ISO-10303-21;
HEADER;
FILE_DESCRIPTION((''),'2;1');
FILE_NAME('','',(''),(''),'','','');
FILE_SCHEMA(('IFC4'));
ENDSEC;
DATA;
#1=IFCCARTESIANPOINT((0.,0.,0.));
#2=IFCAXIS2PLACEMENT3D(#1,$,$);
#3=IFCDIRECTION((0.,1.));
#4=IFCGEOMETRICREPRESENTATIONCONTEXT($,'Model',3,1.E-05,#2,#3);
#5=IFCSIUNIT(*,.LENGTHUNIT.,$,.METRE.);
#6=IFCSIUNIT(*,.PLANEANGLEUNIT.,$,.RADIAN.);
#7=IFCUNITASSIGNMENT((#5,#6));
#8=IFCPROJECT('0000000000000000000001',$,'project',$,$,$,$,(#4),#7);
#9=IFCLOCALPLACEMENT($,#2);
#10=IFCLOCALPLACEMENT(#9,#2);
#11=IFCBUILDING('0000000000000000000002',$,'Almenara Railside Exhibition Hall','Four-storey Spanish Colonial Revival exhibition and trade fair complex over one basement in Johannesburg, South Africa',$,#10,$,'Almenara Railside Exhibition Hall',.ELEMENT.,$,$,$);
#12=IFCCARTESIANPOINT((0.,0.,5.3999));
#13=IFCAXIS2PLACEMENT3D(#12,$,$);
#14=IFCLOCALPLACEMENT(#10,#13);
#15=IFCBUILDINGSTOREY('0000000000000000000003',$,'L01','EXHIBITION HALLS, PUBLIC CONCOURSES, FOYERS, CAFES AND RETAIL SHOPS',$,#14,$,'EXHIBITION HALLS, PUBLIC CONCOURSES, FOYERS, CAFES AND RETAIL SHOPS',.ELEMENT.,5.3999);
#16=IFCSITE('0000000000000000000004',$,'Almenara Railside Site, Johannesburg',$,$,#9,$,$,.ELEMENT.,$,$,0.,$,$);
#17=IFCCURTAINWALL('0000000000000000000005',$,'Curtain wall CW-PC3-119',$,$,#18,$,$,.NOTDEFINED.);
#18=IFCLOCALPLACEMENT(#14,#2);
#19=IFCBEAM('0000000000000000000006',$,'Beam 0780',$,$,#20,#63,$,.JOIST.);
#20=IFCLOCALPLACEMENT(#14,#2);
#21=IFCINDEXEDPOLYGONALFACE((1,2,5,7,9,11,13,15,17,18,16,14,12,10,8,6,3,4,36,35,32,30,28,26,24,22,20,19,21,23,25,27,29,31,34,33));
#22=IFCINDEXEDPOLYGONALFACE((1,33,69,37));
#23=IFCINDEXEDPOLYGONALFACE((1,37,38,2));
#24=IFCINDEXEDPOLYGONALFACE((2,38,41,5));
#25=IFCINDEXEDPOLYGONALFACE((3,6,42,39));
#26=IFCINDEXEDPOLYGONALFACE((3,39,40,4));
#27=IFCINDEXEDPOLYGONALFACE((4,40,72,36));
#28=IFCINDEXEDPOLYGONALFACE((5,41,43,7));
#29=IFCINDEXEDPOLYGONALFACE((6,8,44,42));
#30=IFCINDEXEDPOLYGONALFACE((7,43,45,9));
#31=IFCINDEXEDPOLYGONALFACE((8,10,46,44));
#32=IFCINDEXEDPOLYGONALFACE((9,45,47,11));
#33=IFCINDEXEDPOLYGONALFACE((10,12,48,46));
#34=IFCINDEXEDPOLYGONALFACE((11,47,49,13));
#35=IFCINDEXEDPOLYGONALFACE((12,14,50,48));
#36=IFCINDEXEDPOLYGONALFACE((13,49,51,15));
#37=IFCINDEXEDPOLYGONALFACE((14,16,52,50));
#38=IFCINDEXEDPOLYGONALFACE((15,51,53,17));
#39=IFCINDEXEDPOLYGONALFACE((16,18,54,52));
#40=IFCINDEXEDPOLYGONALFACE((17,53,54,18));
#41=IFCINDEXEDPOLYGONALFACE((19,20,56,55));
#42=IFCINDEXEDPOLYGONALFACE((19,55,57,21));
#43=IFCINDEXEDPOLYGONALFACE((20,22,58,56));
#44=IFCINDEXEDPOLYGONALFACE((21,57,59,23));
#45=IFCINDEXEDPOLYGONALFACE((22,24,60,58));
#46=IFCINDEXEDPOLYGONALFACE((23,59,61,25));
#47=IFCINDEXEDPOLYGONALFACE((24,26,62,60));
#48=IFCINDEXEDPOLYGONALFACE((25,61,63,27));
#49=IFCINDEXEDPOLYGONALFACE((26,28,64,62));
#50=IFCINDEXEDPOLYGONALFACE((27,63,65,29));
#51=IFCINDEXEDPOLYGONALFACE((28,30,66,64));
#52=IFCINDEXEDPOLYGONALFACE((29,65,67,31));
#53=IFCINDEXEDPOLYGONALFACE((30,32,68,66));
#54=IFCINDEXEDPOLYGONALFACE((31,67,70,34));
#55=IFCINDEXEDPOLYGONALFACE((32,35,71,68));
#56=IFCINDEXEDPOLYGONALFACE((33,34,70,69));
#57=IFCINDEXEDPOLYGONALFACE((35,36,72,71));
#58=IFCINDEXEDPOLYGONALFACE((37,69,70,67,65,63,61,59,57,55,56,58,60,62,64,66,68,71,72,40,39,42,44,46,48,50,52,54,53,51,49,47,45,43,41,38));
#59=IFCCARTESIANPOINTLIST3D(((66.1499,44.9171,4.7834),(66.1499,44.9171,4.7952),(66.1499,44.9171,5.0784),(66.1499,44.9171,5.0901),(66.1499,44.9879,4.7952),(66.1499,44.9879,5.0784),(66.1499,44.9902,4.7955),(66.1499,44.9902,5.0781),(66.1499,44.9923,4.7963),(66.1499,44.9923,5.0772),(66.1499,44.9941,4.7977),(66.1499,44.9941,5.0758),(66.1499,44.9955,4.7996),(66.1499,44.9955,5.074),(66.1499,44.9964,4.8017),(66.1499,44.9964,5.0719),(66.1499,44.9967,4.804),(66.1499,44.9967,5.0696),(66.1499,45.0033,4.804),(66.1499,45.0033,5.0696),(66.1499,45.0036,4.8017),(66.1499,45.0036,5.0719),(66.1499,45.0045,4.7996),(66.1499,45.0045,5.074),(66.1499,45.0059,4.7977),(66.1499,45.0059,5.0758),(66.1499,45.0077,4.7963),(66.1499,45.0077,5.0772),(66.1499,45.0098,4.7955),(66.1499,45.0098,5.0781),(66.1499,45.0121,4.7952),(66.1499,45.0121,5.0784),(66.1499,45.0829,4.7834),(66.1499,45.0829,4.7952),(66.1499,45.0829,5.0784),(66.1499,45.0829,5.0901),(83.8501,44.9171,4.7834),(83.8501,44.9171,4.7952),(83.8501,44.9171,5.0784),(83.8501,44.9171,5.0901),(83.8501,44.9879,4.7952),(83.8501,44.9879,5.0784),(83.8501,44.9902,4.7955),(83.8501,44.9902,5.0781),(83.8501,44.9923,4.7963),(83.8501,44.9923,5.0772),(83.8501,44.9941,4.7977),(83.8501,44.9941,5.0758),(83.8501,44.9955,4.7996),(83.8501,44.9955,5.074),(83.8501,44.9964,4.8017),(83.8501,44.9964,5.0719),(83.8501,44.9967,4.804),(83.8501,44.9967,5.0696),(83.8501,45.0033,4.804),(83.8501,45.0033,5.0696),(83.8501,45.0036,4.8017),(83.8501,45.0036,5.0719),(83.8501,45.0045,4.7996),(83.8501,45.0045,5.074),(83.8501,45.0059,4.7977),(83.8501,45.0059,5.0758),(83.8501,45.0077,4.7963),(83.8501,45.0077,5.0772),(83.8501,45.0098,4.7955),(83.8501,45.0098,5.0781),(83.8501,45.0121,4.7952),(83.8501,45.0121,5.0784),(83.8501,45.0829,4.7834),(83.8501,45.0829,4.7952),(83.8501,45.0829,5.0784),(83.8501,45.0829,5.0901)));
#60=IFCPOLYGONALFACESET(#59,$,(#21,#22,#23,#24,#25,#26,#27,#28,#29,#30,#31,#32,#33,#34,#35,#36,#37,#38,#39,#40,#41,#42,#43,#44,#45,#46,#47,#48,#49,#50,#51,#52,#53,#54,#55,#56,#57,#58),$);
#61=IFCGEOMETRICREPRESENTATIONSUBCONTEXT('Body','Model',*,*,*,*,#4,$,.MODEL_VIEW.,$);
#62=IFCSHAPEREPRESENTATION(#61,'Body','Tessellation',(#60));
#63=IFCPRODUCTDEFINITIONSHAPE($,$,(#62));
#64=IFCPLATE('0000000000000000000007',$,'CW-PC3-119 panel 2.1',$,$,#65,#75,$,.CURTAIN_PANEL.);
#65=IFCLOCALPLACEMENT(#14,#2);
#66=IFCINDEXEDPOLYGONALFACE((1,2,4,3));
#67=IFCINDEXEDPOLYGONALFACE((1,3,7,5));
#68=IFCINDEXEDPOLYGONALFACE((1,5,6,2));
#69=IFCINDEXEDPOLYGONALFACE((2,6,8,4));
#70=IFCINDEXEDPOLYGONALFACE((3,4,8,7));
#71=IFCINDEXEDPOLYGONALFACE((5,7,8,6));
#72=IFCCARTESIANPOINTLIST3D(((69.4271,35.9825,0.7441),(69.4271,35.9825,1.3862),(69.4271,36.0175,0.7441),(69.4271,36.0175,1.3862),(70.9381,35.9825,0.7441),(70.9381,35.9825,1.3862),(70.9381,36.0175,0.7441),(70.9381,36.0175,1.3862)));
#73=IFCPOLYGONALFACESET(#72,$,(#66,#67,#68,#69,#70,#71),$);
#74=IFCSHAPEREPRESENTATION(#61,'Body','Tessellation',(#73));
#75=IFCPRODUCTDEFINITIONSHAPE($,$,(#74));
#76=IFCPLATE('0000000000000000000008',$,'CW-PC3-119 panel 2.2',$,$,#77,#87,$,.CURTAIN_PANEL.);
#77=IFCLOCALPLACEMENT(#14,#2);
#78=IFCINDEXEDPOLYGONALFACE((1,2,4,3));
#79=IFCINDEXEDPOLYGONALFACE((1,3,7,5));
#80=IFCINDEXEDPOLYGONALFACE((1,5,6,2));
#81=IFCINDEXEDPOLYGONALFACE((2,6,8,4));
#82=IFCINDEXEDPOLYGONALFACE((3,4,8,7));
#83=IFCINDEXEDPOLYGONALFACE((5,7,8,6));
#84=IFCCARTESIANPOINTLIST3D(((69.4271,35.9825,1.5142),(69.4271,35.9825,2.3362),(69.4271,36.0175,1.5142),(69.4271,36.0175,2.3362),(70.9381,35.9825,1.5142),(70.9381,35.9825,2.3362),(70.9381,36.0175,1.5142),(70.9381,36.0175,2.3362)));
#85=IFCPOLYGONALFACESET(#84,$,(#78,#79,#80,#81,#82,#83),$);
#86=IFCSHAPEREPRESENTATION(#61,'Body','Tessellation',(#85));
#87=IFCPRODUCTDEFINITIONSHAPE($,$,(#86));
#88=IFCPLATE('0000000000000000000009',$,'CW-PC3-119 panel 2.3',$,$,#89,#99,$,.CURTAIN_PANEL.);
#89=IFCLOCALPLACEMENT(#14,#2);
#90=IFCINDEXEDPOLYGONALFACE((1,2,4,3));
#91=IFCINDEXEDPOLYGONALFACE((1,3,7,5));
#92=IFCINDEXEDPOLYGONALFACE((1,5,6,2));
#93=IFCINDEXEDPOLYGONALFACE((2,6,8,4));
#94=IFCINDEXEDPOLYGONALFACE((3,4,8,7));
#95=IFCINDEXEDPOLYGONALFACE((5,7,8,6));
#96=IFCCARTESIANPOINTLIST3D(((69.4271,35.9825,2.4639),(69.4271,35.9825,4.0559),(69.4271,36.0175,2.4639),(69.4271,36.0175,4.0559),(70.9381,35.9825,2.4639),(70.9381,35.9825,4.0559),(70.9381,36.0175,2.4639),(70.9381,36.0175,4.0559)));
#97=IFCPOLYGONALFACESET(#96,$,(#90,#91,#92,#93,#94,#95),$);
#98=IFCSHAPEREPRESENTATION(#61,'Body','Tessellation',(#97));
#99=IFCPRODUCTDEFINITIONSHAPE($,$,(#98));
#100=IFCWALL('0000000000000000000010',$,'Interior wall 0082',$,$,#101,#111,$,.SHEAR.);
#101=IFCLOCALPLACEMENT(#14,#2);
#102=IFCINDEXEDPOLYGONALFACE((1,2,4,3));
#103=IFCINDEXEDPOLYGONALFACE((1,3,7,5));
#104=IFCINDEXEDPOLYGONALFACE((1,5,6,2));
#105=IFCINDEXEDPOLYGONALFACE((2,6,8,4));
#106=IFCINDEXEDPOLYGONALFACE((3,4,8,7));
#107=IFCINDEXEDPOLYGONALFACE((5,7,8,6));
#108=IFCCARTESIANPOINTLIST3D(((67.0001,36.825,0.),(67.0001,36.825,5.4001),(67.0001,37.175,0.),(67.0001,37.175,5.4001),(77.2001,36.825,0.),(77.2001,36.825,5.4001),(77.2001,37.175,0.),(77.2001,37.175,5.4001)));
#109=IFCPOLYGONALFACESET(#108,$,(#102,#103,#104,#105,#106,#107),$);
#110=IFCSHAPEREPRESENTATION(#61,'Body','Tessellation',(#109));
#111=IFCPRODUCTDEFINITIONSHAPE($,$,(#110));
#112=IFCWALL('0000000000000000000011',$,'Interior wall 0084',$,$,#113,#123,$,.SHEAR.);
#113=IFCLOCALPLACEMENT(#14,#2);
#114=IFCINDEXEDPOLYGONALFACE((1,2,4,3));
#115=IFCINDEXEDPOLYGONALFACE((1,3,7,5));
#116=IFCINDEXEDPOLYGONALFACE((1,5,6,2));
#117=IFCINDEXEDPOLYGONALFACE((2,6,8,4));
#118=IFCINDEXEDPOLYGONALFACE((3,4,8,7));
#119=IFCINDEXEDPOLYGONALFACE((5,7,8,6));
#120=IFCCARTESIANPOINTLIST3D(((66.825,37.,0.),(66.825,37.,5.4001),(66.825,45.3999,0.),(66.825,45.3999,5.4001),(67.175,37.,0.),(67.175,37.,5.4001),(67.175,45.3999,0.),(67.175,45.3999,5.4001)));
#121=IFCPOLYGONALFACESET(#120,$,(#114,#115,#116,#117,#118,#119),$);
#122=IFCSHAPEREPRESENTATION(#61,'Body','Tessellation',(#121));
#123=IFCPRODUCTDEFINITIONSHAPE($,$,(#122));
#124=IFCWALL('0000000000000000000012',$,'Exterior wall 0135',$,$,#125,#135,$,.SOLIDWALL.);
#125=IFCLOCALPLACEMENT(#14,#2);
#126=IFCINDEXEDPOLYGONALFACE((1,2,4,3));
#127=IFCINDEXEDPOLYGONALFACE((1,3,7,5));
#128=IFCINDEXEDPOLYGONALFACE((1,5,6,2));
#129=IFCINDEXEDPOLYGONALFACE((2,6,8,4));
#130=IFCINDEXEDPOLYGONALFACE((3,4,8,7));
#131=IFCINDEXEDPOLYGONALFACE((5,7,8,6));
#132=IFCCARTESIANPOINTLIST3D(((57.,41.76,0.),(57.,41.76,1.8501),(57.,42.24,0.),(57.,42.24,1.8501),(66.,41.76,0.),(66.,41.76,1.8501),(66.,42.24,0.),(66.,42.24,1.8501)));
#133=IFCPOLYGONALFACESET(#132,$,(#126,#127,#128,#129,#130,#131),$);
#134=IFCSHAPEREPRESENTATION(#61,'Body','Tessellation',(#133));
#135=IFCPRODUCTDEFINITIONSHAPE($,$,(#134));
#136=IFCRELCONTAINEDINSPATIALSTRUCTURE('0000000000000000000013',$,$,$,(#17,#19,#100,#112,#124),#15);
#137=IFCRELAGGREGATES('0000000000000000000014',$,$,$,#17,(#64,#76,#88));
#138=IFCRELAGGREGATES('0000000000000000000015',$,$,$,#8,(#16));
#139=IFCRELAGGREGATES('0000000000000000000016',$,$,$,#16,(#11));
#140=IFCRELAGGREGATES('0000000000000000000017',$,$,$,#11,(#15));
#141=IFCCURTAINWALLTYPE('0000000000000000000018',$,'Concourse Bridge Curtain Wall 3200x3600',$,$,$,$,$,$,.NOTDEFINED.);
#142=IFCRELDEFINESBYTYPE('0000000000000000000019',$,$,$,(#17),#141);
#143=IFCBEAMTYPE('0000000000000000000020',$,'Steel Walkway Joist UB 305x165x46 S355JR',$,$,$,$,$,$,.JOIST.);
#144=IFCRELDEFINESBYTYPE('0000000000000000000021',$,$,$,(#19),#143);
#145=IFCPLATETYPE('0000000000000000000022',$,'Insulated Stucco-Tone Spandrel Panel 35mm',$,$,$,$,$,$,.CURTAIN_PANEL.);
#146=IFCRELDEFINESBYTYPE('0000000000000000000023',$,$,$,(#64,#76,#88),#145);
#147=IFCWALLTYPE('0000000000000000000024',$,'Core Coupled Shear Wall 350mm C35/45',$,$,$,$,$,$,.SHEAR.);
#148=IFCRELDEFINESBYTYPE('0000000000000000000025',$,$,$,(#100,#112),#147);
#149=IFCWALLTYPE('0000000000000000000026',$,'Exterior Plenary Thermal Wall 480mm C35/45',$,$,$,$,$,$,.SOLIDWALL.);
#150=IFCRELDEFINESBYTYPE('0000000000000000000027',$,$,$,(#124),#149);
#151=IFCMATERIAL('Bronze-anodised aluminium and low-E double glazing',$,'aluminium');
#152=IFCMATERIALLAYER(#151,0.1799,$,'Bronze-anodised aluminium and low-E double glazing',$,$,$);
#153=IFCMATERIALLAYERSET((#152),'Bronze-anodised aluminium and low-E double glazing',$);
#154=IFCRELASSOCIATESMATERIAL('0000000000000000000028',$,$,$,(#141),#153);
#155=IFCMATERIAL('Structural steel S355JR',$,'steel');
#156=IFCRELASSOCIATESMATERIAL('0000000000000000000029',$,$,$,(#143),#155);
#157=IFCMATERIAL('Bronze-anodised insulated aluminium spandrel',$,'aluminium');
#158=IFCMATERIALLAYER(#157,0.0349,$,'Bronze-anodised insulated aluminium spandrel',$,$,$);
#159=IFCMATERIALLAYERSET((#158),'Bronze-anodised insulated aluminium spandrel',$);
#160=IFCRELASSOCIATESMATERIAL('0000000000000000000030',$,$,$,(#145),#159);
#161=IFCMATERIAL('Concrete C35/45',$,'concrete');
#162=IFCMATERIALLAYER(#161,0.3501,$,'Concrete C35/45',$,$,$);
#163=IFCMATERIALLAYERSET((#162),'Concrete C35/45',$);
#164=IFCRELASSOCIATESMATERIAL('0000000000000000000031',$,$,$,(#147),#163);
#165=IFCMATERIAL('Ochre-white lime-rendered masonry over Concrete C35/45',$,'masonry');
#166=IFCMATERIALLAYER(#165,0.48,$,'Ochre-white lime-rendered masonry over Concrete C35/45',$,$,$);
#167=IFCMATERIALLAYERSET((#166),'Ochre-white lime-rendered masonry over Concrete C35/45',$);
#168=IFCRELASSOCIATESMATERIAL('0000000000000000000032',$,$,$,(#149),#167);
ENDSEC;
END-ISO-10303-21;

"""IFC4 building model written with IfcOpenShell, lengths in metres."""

from ifc_helpers import new_model, si_unit, direction, frame, frame_2d, origin, origin_2d, place, context, subcontext, project, spatial, rectangle, i_section, extrude, material, layer, layer_set, material_profile, profile_set, type_object, element, aggregate, save


model = new_model("IFC4")

# Units and contexts
model_context = context("Model", 3, precision=1e-05, world=origin(), true_north=direction((0.0, 1.0)))
body_context = subcontext(model_context, "Body", "Model", "MODEL_VIEW")
ifc_project = project(units=[si_unit("LENGTHUNIT", "METRE"), si_unit("PLANEANGLEUNIT", "RADIAN")], contexts=[model_context])

# Site, building, storey
site_placement = place(None, origin())
site = spatial("IfcSite", under=ifc_project, at=site_placement, Name="Almenara Railside Site, Johannesburg", CompositionType="ELEMENT", RefElevation=0.0)
building_placement = place(site_placement, origin())
building = spatial("IfcBuilding", under=site, at=building_placement, Name="Almenara Railside Exhibition Hall", Description="Four-storey Spanish Colonial Revival exhibition and trade fair complex over one basement in Johannesburg, South Africa", LongName="Almenara Railside Exhibition Hall", CompositionType="ELEMENT")
storey_placement = place(building_placement, frame((0.0, 0.0, 5.3999)))
storey = spatial("IfcBuildingStorey", under=building, at=storey_placement, Name="L01", Description="EXHIBITION HALLS, PUBLIC CONCOURSES, FOYERS, CAFES AND RETAIL SHOPS", LongName="EXHIBITION HALLS, PUBLIC CONCOURSES, FOYERS, CAFES AND RETAIL SHOPS", CompositionType="ELEMENT", Elevation=5.3999)

# Shared definitions
ifc_material_1 = material(Name="Concrete C35/45", Category="concrete")

# Curtain wall
ifc_material_2 = material(Name="Bronze-anodised aluminium and low-E double glazing", Category="aluminium")
ifc_layer_1 = layer(ifc_material_2, 0.1799, Name="Bronze-anodised aluminium and low-E double glazing")
ifc_layer_set_1 = layer_set([ifc_layer_1], Name="Bronze-anodised aluminium and low-E double glazing")
curtain_wall_type_1 = type_object("IfcCurtainWallType", Name="Concourse Bridge Curtain Wall 3200x3600", PredefinedType="NOTDEFINED", material=ifc_layer_set_1)
curtain_wall_1_placement = place(storey_placement, origin())
curtain_wall_1 = element("IfcCurtainWall", 1, at=curtain_wall_1_placement, inside=storey, type_object=curtain_wall_type_1, Name="Curtain wall CW-PC3-119", PredefinedType="NOTDEFINED")

# Beam
ifc_material_3 = material(Name="Structural steel S355JR", Category="steel")
ifc_material_profile_1 = material_profile(ifc_material_3, i_section(OverallWidth=0.1658, OverallDepth=0.3066, WebThickness=0.0066, FlangeThickness=0.0117, FilletRadius=0.0088, at=origin_2d()), Name="UB 305x165x46")
ifc_profile_set_1 = profile_set([ifc_material_profile_1], Name="Structural steel S355JR")
beam_type_1 = type_object("IfcBeamType", Name="Steel Walkway Joist UB 305x165x46 S355JR", PredefinedType="JOIST", material=ifc_profile_set_1)
beam_1_placement = place(storey_placement, frame((66.1499, 45.0, 4.9368), z_axis=(1.0, 0.0, 0.0), x_axis=(0.0, 1.0, 0.0)))
element("IfcBeam", 2, at=beam_1_placement, inside=storey, type_object=beam_type_1, Name="Beam 0780", PredefinedType="JOIST", context=body_context, shape_type="SweptSolid", body=[
    extrude(i_section(OverallWidth=0.1658, OverallDepth=0.3066, WebThickness=0.0066, FlangeThickness=0.0117, FilletRadius=0.0088, at=origin_2d()), origin(), (0.0, 0.0, 1.0), 17.7002),
])

# Plates
ifc_material_4 = material(Name="Bronze-anodised insulated aluminium spandrel", Category="aluminium")
ifc_layer_2 = layer(ifc_material_4, 0.0349, Name="Bronze-anodised insulated aluminium spandrel")
ifc_layer_set_2 = layer_set([ifc_layer_2], Name="Bronze-anodised insulated aluminium spandrel")
plate_type = type_object("IfcPlateType", Name="Insulated Stucco-Tone Spandrel Panel 35mm", PredefinedType="CURTAIN_PANEL", material=ifc_layer_set_2)
plate_1_placement = place(storey_placement, frame((70.1826, 36.0, 0.7441), z_axis=(0.0, 0.0, 1.0), x_axis=(1.0, 0.0, 0.0)))
plate_1 = element("IfcPlate", 3, at=plate_1_placement, type_object=plate_type, Name="CW-PC3-119 panel 2.1", PredefinedType="CURTAIN_PANEL", context=body_context, shape_type="SweptSolid", body=[
    extrude(rectangle(XDim=1.511, YDim=0.0349, at=origin_2d()), origin(), (0.0, 0.0, 1.0), 0.6421),
])
plate_2_placement = place(storey_placement, frame((70.1826, 36.0, 1.5142), z_axis=(0.0, 0.0, 1.0), x_axis=(1.0, 0.0, 0.0)))
plate_2 = element("IfcPlate", 4, at=plate_2_placement, type_object=plate_type, Name="CW-PC3-119 panel 2.2", PredefinedType="CURTAIN_PANEL", context=body_context, shape_type="SweptSolid", body=[
    extrude(rectangle(XDim=1.511, YDim=0.0349, at=origin_2d()), origin(), (0.0, 0.0, 1.0), 0.822),
])
plate_3_placement = place(storey_placement, frame((70.1826, 36.0, 2.4639), z_axis=(0.0, 0.0, 1.0), x_axis=(1.0, 0.0, 0.0)))
plate_3 = element("IfcPlate", 5, at=plate_3_placement, type_object=plate_type, Name="CW-PC3-119 panel 2.3", PredefinedType="CURTAIN_PANEL", context=body_context, shape_type="SweptSolid", body=[
    extrude(rectangle(XDim=1.511, YDim=0.0349, at=origin_2d()), origin(), (0.0, 0.0, 1.0), 1.592),
])
aggregate(curtain_wall_1, [plate_1, plate_2, plate_3])

# Walls
ifc_layer_3 = layer(ifc_material_1, 0.3501, Name="Concrete C35/45")
ifc_layer_set_3 = layer_set([ifc_layer_3], Name="Concrete C35/45")
wall_type_1 = type_object("IfcWallType", Name="Core Coupled Shear Wall 350mm C35/45", PredefinedType="SHEAR", material=ifc_layer_set_3)
wall_1_placement = place(storey_placement, frame((67.0, 37.0, 0.0), z_axis=(0.0, 0.0, 1.0), x_axis=(1.0, 0.0, 0.0)))
element("IfcWall", 6, at=wall_1_placement, inside=storey, type_object=wall_type_1, Name="Interior wall 0082", PredefinedType="SHEAR", context=body_context, shape_type="SweptSolid", body=[
    extrude(rectangle(XDim=10.2, YDim=0.3501, at=frame_2d((5.1001, 0.0))), origin(), (0.0, 0.0, 1.0), 5.4001),
])
wall_2_placement = place(storey_placement, frame((67.0, 45.3999, 0.0), z_axis=(0.0, 0.0, 1.0), x_axis=(0.0, -1.0, 0.0)))
element("IfcWall", 7, at=wall_2_placement, inside=storey, type_object=wall_type_1, Name="Interior wall 0084", PredefinedType="SHEAR", context=body_context, shape_type="SweptSolid", body=[
    extrude(rectangle(XDim=8.3999, YDim=0.3501, at=frame_2d((4.2, 0.0))), origin(), (0.0, 0.0, 1.0), 5.4001),
])
ifc_material_5 = material(Name="Ochre-white lime-rendered masonry over Concrete C35/45", Category="masonry")
ifc_layer_4 = layer(ifc_material_5, 0.48, Name="Ochre-white lime-rendered masonry over Concrete C35/45")
ifc_layer_set_4 = layer_set([ifc_layer_4], Name="Ochre-white lime-rendered masonry over Concrete C35/45")
wall_type_2 = type_object("IfcWallType", Name="Exterior Plenary Thermal Wall 480mm C35/45", PredefinedType="SOLIDWALL", material=ifc_layer_set_4)
wall_3_placement = place(storey_placement, frame((66.0, 42.0, 0.0), z_axis=(0.0, 0.0, 1.0), x_axis=(-1.0, 0.0, 0.0)))
element("IfcWall", 8, at=wall_3_placement, inside=storey, type_object=wall_type_2, Name="Exterior wall 0135", PredefinedType="SOLIDWALL", context=body_context, shape_type="SweptSolid", body=[
    extrude(rectangle(XDim=9.0, YDim=0.48, at=frame_2d((4.5, 0.0))), origin(), (0.0, 0.0, 1.0), 1.8501),
])

save(model, "model.ifc")
